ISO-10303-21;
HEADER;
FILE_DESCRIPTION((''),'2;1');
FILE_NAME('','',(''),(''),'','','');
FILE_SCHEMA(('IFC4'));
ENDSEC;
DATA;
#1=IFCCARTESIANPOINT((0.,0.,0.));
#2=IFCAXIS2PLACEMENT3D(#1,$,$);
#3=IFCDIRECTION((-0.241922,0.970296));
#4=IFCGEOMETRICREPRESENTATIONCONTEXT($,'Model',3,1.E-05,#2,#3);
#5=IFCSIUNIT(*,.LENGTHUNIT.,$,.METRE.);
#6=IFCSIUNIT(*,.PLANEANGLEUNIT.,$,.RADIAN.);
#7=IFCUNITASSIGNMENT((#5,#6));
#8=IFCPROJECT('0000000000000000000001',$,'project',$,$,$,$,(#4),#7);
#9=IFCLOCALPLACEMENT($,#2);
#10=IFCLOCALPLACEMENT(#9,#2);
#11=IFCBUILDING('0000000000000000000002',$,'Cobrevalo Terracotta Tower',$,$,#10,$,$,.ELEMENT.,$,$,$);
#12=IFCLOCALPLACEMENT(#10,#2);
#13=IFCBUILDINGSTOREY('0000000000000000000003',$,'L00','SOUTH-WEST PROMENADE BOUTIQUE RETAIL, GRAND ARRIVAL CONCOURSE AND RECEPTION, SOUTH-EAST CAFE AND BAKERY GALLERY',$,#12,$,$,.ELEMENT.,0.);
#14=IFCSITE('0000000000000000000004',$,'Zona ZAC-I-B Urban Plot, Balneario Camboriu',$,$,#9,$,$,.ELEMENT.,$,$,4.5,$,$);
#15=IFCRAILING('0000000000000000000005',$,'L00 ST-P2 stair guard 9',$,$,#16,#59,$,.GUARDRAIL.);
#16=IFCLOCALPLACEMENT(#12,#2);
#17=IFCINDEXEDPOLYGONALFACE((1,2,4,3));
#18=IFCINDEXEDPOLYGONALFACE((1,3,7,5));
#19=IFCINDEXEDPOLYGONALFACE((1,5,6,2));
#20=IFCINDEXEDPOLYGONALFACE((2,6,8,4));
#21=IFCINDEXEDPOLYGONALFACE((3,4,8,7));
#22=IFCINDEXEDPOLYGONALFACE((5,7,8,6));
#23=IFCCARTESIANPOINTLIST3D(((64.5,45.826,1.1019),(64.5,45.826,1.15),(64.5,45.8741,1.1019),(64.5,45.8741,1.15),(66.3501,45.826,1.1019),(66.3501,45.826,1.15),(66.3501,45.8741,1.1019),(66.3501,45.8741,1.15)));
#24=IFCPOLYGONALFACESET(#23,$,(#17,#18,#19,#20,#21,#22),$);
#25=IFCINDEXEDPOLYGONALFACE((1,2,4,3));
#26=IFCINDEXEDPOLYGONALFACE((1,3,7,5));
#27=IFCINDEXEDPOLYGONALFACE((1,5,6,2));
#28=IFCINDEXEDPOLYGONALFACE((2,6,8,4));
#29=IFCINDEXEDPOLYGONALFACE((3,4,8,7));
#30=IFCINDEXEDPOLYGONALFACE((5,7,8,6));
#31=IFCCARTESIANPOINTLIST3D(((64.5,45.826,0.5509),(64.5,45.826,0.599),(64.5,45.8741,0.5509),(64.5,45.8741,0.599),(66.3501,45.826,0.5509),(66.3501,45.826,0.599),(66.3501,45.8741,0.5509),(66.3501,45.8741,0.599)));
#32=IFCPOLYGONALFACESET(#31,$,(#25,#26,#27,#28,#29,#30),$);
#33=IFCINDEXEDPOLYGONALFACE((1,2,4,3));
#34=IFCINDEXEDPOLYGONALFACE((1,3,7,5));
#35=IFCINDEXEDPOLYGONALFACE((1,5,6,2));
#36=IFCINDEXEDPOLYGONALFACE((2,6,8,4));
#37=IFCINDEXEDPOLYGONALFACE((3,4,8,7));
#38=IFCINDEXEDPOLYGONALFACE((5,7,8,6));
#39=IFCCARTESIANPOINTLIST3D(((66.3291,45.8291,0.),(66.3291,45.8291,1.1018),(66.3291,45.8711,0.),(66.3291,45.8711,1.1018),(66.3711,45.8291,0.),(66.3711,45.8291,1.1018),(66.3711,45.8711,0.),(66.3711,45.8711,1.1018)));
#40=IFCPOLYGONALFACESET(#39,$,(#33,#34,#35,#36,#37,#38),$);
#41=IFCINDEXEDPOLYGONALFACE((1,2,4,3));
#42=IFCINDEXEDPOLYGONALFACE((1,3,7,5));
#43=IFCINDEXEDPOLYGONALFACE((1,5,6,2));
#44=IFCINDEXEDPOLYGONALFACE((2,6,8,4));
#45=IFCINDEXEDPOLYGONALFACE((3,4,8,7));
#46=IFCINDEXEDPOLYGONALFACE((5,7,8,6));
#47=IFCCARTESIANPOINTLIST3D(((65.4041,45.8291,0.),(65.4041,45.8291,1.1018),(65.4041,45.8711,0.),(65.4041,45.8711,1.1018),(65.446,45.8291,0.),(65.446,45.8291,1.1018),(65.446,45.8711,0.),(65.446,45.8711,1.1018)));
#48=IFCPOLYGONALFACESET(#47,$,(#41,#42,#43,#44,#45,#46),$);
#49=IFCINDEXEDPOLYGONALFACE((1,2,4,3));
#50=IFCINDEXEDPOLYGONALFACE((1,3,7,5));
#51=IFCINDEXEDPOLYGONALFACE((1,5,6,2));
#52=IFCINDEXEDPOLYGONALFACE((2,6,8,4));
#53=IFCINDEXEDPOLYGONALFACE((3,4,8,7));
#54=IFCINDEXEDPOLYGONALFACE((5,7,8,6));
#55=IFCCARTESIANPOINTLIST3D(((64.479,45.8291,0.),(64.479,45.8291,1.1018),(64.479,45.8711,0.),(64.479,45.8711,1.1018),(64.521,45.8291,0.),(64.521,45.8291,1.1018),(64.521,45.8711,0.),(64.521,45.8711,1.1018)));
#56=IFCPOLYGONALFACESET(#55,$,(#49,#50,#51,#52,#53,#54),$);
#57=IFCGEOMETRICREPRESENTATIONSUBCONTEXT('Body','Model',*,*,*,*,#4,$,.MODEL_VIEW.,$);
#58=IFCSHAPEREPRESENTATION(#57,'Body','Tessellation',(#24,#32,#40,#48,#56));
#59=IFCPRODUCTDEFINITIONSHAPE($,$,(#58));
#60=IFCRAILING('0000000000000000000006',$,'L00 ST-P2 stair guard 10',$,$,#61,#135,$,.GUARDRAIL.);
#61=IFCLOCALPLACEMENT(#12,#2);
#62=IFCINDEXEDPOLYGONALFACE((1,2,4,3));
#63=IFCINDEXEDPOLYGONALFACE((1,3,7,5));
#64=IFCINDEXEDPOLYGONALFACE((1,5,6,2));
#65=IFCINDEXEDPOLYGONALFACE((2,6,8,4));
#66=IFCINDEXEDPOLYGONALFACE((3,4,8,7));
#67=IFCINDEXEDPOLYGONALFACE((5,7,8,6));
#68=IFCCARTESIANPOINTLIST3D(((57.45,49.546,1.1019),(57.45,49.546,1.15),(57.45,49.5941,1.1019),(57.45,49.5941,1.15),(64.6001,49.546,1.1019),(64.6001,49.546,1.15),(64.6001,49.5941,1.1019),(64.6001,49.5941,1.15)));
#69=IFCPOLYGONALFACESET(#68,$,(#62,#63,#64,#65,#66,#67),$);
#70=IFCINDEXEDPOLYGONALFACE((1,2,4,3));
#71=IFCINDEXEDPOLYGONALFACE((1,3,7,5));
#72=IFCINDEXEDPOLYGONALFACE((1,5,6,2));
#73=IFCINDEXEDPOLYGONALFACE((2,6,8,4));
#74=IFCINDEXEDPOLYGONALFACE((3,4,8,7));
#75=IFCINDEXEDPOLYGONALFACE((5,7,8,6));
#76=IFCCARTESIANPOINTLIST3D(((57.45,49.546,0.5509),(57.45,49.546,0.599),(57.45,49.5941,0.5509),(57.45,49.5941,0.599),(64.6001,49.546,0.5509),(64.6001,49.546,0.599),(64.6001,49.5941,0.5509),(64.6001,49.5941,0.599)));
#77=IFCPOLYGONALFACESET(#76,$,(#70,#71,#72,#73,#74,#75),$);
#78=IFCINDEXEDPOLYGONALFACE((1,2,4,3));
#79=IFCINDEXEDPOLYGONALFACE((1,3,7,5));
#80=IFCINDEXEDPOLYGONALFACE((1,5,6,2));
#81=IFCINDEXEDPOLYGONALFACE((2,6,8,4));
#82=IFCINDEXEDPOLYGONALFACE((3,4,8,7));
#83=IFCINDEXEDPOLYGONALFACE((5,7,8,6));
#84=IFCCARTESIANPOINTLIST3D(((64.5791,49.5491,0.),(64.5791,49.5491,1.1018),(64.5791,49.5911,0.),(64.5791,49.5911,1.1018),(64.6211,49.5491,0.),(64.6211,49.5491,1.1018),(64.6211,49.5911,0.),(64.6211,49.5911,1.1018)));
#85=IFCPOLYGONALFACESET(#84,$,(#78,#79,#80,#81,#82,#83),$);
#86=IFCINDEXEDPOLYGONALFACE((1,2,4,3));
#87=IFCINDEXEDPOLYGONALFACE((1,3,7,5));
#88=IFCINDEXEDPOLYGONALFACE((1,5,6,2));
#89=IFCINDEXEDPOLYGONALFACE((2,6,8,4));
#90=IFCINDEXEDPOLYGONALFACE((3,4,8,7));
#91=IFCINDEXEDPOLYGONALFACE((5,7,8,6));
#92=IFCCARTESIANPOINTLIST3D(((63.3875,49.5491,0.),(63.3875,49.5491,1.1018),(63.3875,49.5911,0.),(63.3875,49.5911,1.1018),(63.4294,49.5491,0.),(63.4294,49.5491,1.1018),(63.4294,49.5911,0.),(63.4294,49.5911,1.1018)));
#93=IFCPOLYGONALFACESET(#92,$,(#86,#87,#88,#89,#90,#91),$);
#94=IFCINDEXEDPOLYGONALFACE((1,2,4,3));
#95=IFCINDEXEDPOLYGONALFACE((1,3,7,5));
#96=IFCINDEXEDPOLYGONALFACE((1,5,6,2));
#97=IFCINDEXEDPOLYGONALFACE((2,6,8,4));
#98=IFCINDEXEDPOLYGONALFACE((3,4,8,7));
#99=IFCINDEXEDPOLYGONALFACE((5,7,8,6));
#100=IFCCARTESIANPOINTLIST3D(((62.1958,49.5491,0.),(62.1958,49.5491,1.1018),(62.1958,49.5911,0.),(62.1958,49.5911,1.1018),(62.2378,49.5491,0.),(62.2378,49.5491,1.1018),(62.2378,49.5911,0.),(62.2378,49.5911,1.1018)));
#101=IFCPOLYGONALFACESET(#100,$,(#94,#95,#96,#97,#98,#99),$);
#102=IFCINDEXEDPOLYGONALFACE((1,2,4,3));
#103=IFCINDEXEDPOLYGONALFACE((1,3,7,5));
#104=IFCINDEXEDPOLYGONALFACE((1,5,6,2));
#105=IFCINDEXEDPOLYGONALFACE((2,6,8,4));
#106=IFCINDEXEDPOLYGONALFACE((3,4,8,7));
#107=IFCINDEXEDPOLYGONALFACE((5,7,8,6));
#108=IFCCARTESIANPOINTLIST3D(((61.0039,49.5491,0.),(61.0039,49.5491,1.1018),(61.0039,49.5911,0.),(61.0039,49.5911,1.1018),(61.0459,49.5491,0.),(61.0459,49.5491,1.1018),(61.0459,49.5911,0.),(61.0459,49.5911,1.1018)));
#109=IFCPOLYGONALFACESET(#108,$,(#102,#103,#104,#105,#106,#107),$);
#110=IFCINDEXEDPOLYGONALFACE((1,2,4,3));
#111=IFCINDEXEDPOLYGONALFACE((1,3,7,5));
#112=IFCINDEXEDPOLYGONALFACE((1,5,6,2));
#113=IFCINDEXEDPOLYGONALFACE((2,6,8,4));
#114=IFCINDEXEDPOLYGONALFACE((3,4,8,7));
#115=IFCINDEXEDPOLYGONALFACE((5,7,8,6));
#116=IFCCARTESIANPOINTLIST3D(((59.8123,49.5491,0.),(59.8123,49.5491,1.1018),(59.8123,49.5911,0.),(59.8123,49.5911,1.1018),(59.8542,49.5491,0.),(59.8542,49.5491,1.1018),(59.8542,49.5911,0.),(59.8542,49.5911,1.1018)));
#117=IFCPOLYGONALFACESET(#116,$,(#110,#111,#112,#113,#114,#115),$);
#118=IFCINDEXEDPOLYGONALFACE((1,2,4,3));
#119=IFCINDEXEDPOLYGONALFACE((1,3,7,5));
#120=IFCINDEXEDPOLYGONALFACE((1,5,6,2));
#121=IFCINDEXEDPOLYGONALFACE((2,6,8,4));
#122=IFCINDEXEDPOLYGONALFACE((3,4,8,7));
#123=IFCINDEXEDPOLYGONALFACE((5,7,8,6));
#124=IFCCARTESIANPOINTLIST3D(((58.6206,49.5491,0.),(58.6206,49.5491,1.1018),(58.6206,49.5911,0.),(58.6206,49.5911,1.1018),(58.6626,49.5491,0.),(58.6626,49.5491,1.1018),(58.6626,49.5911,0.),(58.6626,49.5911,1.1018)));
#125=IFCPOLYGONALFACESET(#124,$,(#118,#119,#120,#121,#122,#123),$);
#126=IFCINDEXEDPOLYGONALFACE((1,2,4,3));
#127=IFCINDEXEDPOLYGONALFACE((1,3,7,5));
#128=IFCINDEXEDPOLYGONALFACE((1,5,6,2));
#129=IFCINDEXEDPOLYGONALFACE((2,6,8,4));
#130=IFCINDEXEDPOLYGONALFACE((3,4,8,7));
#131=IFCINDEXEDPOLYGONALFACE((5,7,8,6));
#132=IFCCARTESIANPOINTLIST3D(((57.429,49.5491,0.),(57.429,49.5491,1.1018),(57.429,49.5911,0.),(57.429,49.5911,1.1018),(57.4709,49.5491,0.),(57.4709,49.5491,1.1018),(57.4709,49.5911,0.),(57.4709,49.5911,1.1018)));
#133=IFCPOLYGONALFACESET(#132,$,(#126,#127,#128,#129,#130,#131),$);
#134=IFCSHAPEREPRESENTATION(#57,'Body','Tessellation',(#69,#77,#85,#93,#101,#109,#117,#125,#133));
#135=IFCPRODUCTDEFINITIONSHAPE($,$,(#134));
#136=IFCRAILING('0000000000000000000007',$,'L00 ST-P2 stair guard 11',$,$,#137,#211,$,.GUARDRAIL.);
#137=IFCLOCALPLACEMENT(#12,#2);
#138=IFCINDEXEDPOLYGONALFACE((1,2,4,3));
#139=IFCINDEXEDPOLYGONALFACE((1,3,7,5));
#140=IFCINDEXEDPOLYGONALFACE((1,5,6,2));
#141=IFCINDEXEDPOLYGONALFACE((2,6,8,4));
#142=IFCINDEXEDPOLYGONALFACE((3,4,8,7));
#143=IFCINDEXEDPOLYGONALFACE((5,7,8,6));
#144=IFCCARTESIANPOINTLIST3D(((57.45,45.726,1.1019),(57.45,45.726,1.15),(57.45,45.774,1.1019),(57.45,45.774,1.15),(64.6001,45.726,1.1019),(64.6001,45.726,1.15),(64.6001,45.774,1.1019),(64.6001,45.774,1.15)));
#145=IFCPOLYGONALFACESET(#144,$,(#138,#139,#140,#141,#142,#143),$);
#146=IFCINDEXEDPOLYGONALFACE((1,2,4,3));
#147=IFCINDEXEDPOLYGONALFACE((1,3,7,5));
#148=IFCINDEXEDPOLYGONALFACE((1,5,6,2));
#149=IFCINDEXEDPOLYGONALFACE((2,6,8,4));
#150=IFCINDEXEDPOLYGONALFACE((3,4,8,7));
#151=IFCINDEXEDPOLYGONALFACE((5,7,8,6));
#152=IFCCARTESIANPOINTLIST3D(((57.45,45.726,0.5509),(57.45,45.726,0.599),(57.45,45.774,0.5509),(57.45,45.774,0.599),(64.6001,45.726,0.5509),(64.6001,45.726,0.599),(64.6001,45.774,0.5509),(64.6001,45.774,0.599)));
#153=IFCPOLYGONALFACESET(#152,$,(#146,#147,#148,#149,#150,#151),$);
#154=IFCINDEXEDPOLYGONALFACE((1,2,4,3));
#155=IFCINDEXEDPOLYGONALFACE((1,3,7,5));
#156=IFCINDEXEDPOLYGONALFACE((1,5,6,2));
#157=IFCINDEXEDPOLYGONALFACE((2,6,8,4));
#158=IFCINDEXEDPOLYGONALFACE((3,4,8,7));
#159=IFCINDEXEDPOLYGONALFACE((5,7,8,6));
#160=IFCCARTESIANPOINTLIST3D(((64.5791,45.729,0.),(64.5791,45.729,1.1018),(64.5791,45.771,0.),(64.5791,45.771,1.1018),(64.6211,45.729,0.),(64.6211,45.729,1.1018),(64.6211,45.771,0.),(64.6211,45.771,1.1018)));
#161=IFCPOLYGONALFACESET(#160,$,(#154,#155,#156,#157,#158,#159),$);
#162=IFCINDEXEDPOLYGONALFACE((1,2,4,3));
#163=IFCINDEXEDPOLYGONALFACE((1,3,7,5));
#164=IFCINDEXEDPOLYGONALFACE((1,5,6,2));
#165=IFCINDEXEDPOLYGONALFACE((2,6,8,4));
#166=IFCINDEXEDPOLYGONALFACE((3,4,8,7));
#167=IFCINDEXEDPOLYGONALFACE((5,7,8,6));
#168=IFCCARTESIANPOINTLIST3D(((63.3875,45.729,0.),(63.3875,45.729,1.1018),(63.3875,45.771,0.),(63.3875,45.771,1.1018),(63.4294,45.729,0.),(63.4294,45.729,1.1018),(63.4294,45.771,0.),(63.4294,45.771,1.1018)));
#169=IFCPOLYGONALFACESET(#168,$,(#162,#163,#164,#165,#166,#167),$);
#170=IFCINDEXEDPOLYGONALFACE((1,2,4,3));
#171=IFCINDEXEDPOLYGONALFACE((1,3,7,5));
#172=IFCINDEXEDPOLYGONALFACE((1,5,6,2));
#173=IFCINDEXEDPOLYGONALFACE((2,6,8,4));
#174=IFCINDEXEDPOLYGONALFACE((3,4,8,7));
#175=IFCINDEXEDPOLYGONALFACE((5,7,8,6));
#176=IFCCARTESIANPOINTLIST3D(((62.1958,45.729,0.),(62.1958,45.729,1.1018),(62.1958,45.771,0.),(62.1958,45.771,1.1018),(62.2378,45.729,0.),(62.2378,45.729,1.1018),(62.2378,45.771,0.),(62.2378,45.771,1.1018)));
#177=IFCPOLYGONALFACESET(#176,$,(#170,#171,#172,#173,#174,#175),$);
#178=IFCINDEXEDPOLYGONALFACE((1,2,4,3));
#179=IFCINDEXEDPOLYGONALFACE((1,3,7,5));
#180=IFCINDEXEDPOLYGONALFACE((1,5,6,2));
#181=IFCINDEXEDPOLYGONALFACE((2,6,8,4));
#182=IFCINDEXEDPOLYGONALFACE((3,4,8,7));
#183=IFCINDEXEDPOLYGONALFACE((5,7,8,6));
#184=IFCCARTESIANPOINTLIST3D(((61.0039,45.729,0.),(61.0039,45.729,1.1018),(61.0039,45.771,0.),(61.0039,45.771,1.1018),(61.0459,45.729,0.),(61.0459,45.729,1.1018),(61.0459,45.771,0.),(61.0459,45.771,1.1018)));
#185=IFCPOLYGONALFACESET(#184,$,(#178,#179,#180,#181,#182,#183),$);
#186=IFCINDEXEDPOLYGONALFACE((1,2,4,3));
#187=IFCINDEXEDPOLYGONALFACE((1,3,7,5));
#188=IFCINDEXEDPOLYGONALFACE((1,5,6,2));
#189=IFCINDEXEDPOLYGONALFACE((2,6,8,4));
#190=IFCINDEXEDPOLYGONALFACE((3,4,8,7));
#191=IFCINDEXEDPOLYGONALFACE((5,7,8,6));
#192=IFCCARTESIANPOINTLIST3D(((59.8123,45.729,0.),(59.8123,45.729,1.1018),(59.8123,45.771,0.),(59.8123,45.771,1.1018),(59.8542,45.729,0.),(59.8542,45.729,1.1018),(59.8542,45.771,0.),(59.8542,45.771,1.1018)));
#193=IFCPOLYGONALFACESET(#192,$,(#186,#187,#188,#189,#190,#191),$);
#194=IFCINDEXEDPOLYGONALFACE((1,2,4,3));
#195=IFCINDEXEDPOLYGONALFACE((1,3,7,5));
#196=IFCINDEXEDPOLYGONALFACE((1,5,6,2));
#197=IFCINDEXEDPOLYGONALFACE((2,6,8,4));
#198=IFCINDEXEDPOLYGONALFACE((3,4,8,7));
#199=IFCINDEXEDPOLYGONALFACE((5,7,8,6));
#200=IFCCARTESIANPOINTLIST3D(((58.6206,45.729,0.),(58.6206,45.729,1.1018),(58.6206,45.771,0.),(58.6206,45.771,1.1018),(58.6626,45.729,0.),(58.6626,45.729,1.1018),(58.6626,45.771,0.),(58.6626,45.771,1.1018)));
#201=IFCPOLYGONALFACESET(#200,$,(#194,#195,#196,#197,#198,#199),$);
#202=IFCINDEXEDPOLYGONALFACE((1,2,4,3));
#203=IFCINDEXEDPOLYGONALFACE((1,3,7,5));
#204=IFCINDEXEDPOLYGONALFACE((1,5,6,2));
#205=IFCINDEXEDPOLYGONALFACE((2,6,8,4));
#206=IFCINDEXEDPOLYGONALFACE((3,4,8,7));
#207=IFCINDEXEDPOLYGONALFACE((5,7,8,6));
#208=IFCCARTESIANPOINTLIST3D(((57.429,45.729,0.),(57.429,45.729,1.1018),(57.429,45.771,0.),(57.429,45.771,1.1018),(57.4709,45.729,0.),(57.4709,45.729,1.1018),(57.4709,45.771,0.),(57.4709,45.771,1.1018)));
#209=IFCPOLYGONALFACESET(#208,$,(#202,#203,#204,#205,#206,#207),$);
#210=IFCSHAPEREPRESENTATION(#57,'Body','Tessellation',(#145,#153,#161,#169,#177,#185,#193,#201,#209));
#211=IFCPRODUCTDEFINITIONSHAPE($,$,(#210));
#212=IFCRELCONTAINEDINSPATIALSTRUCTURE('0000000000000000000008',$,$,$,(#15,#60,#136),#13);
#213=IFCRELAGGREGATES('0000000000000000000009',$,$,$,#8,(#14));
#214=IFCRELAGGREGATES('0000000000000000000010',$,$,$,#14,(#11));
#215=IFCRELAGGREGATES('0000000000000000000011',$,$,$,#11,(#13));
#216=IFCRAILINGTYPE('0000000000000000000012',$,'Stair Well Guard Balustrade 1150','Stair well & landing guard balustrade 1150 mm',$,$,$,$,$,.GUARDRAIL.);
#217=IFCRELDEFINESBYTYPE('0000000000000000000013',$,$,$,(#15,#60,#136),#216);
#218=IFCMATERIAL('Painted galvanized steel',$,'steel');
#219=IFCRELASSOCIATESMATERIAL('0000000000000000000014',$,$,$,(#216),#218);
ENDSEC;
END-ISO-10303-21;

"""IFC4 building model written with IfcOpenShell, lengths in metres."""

from ifc_helpers import new_model, si_unit, direction, frame, origin, origin_2d, place, context, subcontext, project, spatial, rectangle, extrude, material, type_object, element, save


model = new_model("IFC4")

# Units and contexts
model_context = context("Model", 3, precision=1e-05, world=origin(), true_north=direction((-0.241922, 0.970296)))
body_context = subcontext(model_context, "Body", "Model", "MODEL_VIEW")
ifc_project = project(units=[si_unit("LENGTHUNIT", "METRE"), si_unit("PLANEANGLEUNIT", "RADIAN")], contexts=[model_context])

# Site, building, storey
site_placement = place(None, origin())
site = spatial("IfcSite", under=ifc_project, at=site_placement, Name="Zona ZAC-I-B Urban Plot, Balneario Camboriu", CompositionType="ELEMENT", RefElevation=4.5)
building_placement = place(site_placement, origin())
building = spatial("IfcBuilding", under=site, at=building_placement, Name="Cobrevalo Terracotta Tower", CompositionType="ELEMENT")
storey_placement = place(building_placement, origin())
storey = spatial("IfcBuildingStorey", under=building, at=storey_placement, Name="L00", Description="SOUTH-WEST PROMENADE BOUTIQUE RETAIL, GRAND ARRIVAL CONCOURSE AND RECEPTION, SOUTH-EAST CAFE AND BAKERY GALLERY", CompositionType="ELEMENT", Elevation=0.0)

# Railings
ifc_material_1 = material(Name="Painted galvanized steel", Category="steel")
railing_type_1 = type_object("IfcRailingType", Name="Stair Well Guard Balustrade 1150", Description="Stair well & landing guard balustrade 1150 mm", PredefinedType="GUARDRAIL", material=ifc_material_1)
for number, where, name in (
    (1, (66.3501, 45.8501, 0.0), "L00 ST-P2 stair guard 9"),
):
    element("IfcRailing", number, at=place(storey_placement, frame(where)), inside=storey, type_object=railing_type_1, Name=name, PredefinedType="GUARDRAIL", context=body_context, shape_type="SweptSolid", body=[
        extrude(rectangle(XDim=0.0481, YDim=0.0481, at=origin_2d()), frame((0.0, 0.0, 1.126), z_axis=(-1.0, 0.0, 0.0), x_axis=(0.0, -1.0, 0.0)), (0.0, 0.0, 1.0), 1.8501),
        extrude(rectangle(XDim=0.0481, YDim=0.0481, at=origin_2d()), frame((0.0, 0.0, 0.575), z_axis=(-1.0, 0.0, 0.0), x_axis=(0.0, -1.0, 0.0)), (0.0, 0.0, 1.0), 1.8501),
        extrude(rectangle(XDim=0.042, YDim=0.042, at=origin_2d()), origin(), (0.0, 0.0, 1.0), 1.1018),
        extrude(rectangle(XDim=0.042, YDim=0.042, at=origin_2d()), frame((-0.925, 0.0, 0.0)), (0.0, 0.0, 1.0), 1.1018),
        extrude(rectangle(XDim=0.042, YDim=0.042, at=origin_2d()), frame((-1.8501, 0.0, 0.0)), (0.0, 0.0, 1.0), 1.1018),
    ])
for number, where, name in (
    (2, (64.6001, 49.5701, 0.0), "L00 ST-P2 stair guard 10"),
    (3, (64.6001, 45.75, 0.0), "L00 ST-P2 stair guard 11"),
):
    element("IfcRailing", number, at=place(storey_placement, frame(where)), inside=storey, type_object=railing_type_1, Name=name, PredefinedType="GUARDRAIL", context=body_context, shape_type="SweptSolid", body=[
        extrude(rectangle(XDim=0.0481, YDim=0.0481, at=origin_2d()), frame((0.0, 0.0, 1.126), z_axis=(-1.0, 0.0, 0.0), x_axis=(0.0, -1.0, 0.0)), (0.0, 0.0, 1.0), 7.1501),
        extrude(rectangle(XDim=0.0481, YDim=0.0481, at=origin_2d()), frame((0.0, 0.0, 0.575), z_axis=(-1.0, 0.0, 0.0), x_axis=(0.0, -1.0, 0.0)), (0.0, 0.0, 1.0), 7.1501),
        extrude(rectangle(XDim=0.042, YDim=0.042, at=origin_2d()), origin(), (0.0, 0.0, 1.0), 1.1018),
        extrude(rectangle(XDim=0.042, YDim=0.042, at=origin_2d()), frame((-1.1917, 0.0, 0.0)), (0.0, 0.0, 1.0), 1.1018),
        extrude(rectangle(XDim=0.042, YDim=0.042, at=origin_2d()), frame((-2.3833, 0.0, 0.0)), (0.0, 0.0, 1.0), 1.1018),
        extrude(rectangle(XDim=0.042, YDim=0.042, at=origin_2d()), frame((-3.5752, 0.0, 0.0)), (0.0, 0.0, 1.0), 1.1018),
        extrude(rectangle(XDim=0.042, YDim=0.042, at=origin_2d()), frame((-4.7668, 0.0, 0.0)), (0.0, 0.0, 1.0), 1.1018),
        extrude(rectangle(XDim=0.042, YDim=0.042, at=origin_2d()), frame((-5.9585, 0.0, 0.0)), (0.0, 0.0, 1.0), 1.1018),
        extrude(rectangle(XDim=0.042, YDim=0.042, at=origin_2d()), frame((-7.1501, 0.0, 0.0)), (0.0, 0.0, 1.0), 1.1018),
    ])

save(model, "model.ifc")
